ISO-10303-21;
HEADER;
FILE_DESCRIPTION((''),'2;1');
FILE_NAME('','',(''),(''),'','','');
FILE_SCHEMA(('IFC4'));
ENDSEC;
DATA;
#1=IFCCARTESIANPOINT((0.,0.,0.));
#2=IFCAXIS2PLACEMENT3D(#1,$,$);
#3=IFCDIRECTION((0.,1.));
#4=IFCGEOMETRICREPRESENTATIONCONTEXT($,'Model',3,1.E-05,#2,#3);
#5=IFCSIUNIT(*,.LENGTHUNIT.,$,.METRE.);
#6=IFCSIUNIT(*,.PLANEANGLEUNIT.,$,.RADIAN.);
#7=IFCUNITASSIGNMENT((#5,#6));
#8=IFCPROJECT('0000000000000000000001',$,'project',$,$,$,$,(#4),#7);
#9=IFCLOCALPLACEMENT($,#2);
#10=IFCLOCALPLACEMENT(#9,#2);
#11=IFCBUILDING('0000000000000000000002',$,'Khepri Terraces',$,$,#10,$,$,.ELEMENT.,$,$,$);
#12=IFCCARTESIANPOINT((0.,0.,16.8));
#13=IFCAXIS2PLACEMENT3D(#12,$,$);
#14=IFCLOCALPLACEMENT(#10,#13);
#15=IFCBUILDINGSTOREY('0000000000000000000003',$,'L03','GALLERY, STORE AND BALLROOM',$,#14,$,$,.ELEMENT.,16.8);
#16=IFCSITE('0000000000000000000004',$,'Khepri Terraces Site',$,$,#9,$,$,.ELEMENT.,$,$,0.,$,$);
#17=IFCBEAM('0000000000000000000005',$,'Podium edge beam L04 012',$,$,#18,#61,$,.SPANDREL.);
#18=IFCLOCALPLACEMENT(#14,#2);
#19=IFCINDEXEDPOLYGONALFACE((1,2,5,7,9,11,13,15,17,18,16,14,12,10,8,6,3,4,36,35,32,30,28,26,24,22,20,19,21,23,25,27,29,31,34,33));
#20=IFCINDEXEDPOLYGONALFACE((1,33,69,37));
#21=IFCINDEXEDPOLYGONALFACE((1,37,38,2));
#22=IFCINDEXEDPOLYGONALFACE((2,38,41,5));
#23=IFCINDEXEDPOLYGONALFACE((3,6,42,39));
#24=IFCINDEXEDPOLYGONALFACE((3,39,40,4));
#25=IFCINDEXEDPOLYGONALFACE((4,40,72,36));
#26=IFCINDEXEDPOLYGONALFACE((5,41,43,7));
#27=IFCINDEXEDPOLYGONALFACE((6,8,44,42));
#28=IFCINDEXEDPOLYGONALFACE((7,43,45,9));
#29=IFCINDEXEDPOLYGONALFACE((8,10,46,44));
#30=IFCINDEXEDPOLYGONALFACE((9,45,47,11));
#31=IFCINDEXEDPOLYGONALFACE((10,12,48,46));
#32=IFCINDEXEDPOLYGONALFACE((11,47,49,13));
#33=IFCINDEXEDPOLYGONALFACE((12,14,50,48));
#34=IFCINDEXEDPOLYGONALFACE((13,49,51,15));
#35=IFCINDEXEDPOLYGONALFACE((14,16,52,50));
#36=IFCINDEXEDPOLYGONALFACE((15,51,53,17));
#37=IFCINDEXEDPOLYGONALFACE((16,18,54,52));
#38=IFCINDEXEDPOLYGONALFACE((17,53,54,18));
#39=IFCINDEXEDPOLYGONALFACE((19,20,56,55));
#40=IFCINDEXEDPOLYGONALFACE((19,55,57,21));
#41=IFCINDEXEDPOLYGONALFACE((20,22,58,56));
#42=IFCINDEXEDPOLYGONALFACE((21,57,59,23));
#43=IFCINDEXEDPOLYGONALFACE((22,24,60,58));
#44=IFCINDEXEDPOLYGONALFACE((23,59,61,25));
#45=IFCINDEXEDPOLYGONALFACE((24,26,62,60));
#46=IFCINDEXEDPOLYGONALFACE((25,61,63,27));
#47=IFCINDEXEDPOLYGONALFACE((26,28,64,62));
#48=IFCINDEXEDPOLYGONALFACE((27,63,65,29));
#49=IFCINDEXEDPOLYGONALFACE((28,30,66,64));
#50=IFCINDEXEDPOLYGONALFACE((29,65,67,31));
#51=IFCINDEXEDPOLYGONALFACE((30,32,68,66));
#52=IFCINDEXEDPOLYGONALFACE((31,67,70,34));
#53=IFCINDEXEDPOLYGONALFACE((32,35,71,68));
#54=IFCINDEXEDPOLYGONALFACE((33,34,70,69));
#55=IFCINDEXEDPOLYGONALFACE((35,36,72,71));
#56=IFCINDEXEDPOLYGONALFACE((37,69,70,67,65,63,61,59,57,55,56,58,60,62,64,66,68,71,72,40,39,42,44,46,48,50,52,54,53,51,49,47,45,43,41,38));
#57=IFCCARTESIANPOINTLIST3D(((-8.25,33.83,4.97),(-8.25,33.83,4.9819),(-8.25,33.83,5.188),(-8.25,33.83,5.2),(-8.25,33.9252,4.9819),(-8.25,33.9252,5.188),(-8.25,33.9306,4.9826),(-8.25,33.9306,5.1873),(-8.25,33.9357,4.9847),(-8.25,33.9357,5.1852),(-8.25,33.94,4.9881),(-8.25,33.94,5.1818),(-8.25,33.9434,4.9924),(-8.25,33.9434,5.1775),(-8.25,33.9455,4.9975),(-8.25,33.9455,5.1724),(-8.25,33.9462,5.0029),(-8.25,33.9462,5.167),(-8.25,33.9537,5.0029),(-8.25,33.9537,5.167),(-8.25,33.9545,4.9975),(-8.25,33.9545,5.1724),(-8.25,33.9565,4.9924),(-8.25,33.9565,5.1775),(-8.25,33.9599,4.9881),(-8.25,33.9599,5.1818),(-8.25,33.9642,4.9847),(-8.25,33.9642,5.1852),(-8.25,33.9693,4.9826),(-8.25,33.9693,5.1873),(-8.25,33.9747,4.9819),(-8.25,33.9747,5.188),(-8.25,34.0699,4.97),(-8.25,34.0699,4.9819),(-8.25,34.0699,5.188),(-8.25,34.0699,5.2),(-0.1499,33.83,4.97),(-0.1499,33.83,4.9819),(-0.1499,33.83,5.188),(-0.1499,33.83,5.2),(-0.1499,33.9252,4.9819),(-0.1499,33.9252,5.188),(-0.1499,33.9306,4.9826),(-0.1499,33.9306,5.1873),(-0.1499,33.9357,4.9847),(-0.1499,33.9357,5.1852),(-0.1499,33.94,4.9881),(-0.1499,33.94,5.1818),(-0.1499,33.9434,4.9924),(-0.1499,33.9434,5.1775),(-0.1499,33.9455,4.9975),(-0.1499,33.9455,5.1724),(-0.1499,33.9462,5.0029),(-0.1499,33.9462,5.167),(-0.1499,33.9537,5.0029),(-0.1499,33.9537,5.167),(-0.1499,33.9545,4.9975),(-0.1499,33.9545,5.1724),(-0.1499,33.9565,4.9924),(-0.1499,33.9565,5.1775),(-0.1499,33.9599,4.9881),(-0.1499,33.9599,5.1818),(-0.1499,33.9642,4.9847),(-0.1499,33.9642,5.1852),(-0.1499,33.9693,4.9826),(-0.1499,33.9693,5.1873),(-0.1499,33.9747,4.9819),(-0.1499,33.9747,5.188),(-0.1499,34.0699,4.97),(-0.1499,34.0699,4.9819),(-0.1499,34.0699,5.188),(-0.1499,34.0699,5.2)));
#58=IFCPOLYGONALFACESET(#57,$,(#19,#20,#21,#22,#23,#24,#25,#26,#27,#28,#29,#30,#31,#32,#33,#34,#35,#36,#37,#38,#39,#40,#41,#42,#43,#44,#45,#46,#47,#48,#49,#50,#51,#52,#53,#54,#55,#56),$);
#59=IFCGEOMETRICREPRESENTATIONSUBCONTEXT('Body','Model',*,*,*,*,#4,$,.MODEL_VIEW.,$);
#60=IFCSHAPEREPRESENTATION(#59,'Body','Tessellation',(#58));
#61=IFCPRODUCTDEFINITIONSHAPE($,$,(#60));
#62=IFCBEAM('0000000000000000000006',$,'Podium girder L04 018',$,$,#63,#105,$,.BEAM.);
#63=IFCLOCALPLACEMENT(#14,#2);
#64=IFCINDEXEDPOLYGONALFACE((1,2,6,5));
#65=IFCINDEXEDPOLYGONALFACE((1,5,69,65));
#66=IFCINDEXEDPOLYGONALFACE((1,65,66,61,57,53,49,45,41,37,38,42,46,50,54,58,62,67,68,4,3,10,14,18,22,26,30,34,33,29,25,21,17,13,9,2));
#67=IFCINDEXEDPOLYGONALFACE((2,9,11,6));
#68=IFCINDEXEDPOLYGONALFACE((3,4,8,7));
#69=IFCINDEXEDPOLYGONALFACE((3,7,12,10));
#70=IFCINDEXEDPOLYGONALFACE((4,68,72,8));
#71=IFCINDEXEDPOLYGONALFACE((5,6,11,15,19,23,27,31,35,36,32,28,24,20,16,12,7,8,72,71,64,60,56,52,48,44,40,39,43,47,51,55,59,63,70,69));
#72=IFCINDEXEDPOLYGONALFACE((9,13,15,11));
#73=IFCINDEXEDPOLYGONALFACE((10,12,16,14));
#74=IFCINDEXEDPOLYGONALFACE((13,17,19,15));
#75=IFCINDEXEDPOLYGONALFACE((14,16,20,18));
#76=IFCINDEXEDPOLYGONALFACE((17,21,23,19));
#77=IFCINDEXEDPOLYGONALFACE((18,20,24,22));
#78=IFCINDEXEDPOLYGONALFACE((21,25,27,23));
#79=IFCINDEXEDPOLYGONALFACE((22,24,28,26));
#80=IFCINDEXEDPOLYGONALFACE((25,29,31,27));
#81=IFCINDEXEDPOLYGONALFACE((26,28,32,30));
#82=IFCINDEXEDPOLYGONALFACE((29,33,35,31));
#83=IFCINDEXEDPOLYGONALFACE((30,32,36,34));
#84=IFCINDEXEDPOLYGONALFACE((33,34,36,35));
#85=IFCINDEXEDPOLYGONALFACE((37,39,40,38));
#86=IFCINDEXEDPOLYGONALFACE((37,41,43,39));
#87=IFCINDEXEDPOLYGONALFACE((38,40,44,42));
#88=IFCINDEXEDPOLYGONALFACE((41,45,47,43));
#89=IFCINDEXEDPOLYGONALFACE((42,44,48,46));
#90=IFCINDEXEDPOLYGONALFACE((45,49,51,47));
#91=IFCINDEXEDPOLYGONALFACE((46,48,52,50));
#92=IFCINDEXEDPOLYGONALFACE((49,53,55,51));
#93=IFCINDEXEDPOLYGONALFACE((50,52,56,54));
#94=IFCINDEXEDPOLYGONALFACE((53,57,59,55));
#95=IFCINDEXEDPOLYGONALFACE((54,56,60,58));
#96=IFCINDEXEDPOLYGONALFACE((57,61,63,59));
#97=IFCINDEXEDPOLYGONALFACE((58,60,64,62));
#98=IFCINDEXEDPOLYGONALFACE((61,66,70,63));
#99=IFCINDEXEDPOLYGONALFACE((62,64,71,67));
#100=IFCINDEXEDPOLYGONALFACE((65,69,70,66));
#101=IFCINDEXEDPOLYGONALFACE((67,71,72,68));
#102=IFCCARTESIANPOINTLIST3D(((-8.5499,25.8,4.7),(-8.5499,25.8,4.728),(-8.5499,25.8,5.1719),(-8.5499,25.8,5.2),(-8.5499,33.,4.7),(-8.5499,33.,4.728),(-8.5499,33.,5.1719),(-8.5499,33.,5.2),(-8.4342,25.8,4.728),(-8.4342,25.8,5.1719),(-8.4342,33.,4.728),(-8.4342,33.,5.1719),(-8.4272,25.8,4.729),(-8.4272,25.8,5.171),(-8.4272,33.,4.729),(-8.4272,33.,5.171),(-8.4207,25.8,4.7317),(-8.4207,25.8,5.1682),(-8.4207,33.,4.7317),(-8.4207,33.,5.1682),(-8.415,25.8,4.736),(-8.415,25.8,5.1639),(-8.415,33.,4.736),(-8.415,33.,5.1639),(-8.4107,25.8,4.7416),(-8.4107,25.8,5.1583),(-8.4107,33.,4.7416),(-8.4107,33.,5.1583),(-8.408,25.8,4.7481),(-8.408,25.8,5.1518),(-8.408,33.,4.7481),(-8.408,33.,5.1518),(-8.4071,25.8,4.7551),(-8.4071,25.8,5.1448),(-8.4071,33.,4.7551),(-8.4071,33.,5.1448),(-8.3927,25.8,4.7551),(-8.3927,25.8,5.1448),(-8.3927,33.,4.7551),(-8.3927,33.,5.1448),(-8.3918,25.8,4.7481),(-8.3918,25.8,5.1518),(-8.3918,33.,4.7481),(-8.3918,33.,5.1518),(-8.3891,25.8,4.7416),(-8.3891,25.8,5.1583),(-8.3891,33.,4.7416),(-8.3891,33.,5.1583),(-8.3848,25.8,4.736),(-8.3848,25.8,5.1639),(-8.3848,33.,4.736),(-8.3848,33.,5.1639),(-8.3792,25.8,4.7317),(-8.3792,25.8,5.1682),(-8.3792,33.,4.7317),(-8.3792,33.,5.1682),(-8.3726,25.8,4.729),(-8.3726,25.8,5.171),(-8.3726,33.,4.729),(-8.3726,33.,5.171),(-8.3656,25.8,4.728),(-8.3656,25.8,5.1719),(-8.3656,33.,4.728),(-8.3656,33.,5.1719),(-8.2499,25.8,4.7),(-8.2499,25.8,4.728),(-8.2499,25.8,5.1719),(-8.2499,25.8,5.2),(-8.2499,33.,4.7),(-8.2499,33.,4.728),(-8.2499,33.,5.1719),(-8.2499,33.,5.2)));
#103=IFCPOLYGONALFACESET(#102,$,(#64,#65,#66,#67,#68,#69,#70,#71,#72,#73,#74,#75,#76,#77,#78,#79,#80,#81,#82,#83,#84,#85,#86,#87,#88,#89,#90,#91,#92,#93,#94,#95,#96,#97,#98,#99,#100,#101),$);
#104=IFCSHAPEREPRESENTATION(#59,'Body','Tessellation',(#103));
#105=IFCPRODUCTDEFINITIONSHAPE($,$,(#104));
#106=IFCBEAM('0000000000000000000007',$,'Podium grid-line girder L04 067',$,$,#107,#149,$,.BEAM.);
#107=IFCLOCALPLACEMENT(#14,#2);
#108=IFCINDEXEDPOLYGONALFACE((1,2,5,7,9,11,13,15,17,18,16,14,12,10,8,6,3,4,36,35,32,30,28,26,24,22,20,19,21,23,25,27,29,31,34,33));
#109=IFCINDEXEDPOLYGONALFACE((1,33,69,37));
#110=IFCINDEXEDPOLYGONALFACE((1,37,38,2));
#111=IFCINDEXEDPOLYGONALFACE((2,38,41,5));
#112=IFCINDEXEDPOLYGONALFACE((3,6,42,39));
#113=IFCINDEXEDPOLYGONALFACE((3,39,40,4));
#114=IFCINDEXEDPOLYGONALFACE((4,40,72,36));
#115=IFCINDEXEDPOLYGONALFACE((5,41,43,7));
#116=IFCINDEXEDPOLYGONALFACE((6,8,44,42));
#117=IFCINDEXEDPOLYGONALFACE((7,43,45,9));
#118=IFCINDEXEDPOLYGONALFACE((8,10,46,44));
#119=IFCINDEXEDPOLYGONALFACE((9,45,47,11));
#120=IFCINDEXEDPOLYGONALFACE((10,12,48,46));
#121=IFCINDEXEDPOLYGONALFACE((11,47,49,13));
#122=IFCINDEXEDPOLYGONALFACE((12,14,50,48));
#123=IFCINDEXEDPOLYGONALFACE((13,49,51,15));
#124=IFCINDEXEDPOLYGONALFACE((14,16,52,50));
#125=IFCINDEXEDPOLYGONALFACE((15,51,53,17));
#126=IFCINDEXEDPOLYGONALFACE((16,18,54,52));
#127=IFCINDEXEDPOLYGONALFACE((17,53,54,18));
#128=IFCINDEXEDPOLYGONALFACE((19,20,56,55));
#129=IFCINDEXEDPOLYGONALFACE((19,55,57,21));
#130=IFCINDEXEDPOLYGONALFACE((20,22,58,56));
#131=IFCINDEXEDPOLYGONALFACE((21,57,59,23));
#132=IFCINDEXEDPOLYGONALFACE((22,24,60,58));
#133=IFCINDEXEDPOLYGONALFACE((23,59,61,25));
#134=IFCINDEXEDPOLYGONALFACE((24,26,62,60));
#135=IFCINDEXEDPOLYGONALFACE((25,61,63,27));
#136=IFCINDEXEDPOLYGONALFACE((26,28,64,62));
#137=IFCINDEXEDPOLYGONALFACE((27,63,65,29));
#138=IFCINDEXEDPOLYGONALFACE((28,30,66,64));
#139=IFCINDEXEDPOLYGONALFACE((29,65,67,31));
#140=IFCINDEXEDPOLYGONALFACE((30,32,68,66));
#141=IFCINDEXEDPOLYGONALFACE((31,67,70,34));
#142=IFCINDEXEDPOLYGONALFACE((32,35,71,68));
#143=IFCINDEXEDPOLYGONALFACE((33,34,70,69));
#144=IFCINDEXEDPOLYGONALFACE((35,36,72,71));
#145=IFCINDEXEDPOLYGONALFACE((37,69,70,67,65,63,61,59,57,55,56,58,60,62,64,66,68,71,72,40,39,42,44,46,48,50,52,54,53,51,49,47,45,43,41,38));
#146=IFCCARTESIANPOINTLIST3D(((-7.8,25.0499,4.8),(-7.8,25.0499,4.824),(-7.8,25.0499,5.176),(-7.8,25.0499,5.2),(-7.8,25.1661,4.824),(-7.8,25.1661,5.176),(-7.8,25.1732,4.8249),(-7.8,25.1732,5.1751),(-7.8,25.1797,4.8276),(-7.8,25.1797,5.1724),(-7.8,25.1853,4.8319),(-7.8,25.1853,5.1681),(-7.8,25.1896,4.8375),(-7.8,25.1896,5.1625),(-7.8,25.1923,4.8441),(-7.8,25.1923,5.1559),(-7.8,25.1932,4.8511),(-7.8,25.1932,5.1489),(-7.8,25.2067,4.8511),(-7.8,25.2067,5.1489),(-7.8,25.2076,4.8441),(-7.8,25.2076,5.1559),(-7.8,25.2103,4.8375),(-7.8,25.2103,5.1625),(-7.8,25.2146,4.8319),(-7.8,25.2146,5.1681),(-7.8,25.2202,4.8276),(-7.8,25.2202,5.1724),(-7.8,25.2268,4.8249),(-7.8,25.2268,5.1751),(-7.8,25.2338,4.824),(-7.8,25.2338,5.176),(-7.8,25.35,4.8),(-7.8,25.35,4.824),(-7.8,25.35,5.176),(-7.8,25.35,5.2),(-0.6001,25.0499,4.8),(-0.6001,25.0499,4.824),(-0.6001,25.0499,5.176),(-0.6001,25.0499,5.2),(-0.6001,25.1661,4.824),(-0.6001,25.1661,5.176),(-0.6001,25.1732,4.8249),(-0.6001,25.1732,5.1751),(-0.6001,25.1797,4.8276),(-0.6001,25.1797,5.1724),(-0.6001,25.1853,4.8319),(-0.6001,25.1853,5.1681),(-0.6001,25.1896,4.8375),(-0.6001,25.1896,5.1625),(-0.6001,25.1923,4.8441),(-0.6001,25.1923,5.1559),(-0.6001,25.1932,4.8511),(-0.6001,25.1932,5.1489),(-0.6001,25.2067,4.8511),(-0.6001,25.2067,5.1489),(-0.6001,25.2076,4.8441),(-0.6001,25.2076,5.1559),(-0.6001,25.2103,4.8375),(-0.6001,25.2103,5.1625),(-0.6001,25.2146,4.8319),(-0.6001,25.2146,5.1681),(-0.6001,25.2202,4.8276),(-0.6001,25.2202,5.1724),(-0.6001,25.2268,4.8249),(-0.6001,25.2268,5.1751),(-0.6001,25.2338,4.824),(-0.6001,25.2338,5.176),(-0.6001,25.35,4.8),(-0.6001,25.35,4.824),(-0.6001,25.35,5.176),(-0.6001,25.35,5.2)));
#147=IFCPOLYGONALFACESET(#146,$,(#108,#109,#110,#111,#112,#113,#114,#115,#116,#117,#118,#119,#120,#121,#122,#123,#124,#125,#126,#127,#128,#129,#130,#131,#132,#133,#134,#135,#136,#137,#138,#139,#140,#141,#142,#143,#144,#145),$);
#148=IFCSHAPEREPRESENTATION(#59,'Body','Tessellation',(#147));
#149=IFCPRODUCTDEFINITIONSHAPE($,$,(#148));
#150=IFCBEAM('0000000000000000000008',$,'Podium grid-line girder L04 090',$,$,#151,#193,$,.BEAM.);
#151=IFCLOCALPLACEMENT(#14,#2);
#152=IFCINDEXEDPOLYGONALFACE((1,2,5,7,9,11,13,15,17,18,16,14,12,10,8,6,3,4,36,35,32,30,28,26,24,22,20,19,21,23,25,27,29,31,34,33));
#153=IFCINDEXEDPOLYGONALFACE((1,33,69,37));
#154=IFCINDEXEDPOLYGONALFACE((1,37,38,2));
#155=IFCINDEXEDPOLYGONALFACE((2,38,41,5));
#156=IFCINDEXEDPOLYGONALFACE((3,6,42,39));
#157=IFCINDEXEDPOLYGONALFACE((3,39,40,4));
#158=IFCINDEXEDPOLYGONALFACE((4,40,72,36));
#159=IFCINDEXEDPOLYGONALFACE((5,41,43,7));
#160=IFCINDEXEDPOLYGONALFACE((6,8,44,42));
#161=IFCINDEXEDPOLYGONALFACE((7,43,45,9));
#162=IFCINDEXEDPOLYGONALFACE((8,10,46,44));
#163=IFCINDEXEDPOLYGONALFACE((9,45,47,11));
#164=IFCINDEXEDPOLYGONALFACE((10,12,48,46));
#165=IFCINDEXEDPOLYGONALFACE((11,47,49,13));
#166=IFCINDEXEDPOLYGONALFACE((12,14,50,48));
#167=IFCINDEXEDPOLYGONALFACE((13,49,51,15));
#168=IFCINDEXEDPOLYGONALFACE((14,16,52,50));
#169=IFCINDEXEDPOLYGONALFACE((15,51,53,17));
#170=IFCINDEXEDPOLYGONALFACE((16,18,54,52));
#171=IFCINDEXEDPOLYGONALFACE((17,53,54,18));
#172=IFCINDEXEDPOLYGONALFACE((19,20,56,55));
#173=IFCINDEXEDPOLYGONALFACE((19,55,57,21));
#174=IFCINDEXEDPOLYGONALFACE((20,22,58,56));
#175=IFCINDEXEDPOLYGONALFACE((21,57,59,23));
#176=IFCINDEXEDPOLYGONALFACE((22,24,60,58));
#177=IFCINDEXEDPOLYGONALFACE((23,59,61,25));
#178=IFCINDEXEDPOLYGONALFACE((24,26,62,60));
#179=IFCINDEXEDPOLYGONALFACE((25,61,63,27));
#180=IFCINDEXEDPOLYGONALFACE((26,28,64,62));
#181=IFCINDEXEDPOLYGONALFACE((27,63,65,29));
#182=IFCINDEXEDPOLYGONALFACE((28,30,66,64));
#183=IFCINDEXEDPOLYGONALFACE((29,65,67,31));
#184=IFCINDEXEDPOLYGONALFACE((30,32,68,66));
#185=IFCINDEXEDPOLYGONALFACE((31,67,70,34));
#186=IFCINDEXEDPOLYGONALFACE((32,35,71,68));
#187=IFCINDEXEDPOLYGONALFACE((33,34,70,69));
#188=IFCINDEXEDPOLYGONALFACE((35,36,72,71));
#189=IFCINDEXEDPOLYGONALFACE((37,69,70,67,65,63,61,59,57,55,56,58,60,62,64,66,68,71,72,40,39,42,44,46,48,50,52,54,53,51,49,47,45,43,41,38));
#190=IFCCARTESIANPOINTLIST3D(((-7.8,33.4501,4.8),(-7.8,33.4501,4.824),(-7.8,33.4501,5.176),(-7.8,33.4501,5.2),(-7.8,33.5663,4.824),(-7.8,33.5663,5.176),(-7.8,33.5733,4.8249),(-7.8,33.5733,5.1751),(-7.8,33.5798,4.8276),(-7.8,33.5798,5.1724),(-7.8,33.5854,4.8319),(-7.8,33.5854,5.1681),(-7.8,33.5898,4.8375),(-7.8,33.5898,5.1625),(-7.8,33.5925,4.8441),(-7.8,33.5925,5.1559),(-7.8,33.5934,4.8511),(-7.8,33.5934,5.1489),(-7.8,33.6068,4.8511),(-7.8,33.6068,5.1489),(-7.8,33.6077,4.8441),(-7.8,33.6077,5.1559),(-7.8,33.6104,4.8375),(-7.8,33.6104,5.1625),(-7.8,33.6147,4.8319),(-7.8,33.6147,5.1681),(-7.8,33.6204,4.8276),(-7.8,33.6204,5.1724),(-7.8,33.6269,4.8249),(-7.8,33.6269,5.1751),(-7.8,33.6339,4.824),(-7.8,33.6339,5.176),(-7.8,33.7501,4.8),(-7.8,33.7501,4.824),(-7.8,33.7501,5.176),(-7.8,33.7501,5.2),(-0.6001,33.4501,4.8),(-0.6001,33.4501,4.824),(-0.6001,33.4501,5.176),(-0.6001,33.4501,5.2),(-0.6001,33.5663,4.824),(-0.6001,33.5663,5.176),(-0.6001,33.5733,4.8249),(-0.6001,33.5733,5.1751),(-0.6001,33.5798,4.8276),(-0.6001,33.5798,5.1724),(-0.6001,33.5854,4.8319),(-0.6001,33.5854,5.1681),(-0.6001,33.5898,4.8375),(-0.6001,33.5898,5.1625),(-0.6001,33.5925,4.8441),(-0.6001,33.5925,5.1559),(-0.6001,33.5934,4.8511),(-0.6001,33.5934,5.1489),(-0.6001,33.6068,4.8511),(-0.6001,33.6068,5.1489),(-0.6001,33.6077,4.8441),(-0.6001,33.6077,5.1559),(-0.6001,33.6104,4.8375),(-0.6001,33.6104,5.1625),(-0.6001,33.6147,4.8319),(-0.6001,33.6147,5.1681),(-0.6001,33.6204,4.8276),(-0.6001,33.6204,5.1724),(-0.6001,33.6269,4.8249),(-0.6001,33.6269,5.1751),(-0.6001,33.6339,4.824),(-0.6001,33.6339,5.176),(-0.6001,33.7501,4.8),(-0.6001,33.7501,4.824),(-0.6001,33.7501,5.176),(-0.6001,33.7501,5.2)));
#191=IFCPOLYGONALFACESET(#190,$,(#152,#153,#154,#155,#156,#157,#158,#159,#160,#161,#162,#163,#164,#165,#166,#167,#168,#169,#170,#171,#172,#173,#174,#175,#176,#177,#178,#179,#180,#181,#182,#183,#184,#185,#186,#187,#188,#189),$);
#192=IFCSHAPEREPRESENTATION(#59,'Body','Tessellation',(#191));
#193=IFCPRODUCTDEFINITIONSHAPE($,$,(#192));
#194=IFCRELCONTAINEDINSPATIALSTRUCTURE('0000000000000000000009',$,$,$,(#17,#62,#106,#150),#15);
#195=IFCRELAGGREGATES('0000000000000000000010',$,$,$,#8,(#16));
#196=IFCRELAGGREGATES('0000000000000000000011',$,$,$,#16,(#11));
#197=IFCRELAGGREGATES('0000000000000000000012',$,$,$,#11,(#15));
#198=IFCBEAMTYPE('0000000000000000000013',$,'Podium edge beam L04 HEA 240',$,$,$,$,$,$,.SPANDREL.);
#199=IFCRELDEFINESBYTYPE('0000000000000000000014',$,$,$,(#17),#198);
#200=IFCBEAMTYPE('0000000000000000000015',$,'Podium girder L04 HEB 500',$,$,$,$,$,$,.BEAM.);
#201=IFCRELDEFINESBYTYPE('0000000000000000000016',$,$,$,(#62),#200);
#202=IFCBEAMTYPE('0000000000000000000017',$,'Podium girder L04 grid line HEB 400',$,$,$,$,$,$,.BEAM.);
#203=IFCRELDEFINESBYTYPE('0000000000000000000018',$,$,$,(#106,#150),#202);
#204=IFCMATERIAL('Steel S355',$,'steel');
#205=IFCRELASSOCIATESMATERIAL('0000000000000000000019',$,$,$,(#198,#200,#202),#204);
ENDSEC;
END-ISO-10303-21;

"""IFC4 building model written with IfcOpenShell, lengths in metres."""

from ifc_helpers import new_model, si_unit, direction, frame, origin, origin_2d, place, context, subcontext, project, spatial, i_section, extrude, material, material_profile, profile_set, type_object, element, save


model = new_model("IFC4")

# Units and contexts
model_context = context("Model", 3, precision=1e-05, world=origin(), true_north=direction((0.0, 1.0)))
body_context = subcontext(model_context, "Body", "Model", "MODEL_VIEW")
ifc_project = project(units=[si_unit("LENGTHUNIT", "METRE"), si_unit("PLANEANGLEUNIT", "RADIAN")], contexts=[model_context])

# Site, building, storey
site_placement = place(None, origin())
site = spatial("IfcSite", under=ifc_project, at=site_placement, Name="Khepri Terraces Site", CompositionType="ELEMENT", RefElevation=0.0)
building_placement = place(site_placement, origin())
building = spatial("IfcBuilding", under=site, at=building_placement, Name="Khepri Terraces", CompositionType="ELEMENT")
storey_placement = place(building_placement, frame((0.0, 0.0, 16.8)))
storey = spatial("IfcBuildingStorey", under=building, at=storey_placement, Name="L03", Description="GALLERY, STORE AND BALLROOM", CompositionType="ELEMENT", Elevation=16.8)

# Beams
ifc_material_1 = material(Name="Steel S355", Category="steel")
ifc_material_profile_1 = material_profile(ifc_material_1, i_section(OverallWidth=0.24, OverallDepth=0.23, WebThickness=0.0076, FlangeThickness=0.012, FilletRadius=0.021, at=origin_2d()), Name="Steel S355", Category="steel")
ifc_profile_set_1 = profile_set([ifc_material_profile_1], Name="Steel S355")
beam_type_1 = type_object("IfcBeamType", Name="Podium edge beam L04 HEA 240", PredefinedType="SPANDREL", material=ifc_profile_set_1)
beam_1_placement = place(storey_placement, frame((-8.25, 33.95, 5.085), z_axis=(1.0, 0.0, 0.0), x_axis=(0.0, 1.0, 0.0)))
element("IfcBeam", 1, at=beam_1_placement, inside=storey, type_object=beam_type_1, Name="Podium edge beam L04 012", PredefinedType="SPANDREL", context=body_context, shape_type="SweptSolid", body=[
    extrude(i_section(OverallWidth=0.24, OverallDepth=0.23, WebThickness=0.0076, FlangeThickness=0.012, FilletRadius=0.021, at=origin_2d()), origin(), (0.0, 0.0, 1.0), 8.1001),
])
ifc_material_profile_2 = material_profile(ifc_material_1, i_section(OverallWidth=0.3, OverallDepth=0.5, WebThickness=0.0144, FlangeThickness=0.0281, FilletRadius=0.0271, at=origin_2d()), Name="Steel S355", Category="steel")
ifc_profile_set_2 = profile_set([ifc_material_profile_2], Name="Steel S355")
beam_type_2 = type_object("IfcBeamType", Name="Podium girder L04 HEB 500", PredefinedType="BEAM", material=ifc_profile_set_2)
beam_2_placement = place(storey_placement, frame((-8.3999, 25.8, 4.95), z_axis=(0.0, 1.0, 0.0), x_axis=(-1.0, 0.0, 0.0)))
element("IfcBeam", 2, at=beam_2_placement, inside=storey, type_object=beam_type_2, Name="Podium girder L04 018", PredefinedType="BEAM", context=body_context, shape_type="SweptSolid", body=[
    extrude(i_section(OverallWidth=0.3, OverallDepth=0.5, WebThickness=0.0144, FlangeThickness=0.0281, FilletRadius=0.0271, at=origin_2d()), origin(), (0.0, 0.0, 1.0), 7.2),
])
ifc_material_profile_3 = material_profile(ifc_material_1, i_section(OverallWidth=0.3, OverallDepth=0.3999, WebThickness=0.0134, FlangeThickness=0.0239, FilletRadius=0.0271, at=origin_2d()), Name="Steel S355", Category="steel")
ifc_profile_set_3 = profile_set([ifc_material_profile_3], Name="Steel S355")
beam_type_3 = type_object("IfcBeamType", Name="Podium girder L04 grid line HEB 400", PredefinedType="BEAM", material=ifc_profile_set_3)
for number, where, z_axis, x_axis, name in (
    (3, (-7.8, 25.2, 5.0), (1.0, 0.0, 0.0), (0.0, 1.0, 0.0), "Podium grid-line girder L04 067"),
    (4, (-7.8, 33.6001, 5.0), (1.0, 0.0, 0.0), (0.0, 1.0, 0.0), "Podium grid-line girder L04 090"),
):
    element("IfcBeam", number, at=place(storey_placement, frame(where, z_axis=z_axis, x_axis=x_axis)), inside=storey, type_object=beam_type_3, Name=name, PredefinedType="BEAM", context=body_context, shape_type="SweptSolid", body=[
        extrude(i_section(OverallWidth=0.3, OverallDepth=0.3999, WebThickness=0.0134, FlangeThickness=0.0239, FilletRadius=0.0271, at=origin_2d()), origin(), (0.0, 0.0, 1.0), 7.2),
    ])

save(model, "model.ifc")
